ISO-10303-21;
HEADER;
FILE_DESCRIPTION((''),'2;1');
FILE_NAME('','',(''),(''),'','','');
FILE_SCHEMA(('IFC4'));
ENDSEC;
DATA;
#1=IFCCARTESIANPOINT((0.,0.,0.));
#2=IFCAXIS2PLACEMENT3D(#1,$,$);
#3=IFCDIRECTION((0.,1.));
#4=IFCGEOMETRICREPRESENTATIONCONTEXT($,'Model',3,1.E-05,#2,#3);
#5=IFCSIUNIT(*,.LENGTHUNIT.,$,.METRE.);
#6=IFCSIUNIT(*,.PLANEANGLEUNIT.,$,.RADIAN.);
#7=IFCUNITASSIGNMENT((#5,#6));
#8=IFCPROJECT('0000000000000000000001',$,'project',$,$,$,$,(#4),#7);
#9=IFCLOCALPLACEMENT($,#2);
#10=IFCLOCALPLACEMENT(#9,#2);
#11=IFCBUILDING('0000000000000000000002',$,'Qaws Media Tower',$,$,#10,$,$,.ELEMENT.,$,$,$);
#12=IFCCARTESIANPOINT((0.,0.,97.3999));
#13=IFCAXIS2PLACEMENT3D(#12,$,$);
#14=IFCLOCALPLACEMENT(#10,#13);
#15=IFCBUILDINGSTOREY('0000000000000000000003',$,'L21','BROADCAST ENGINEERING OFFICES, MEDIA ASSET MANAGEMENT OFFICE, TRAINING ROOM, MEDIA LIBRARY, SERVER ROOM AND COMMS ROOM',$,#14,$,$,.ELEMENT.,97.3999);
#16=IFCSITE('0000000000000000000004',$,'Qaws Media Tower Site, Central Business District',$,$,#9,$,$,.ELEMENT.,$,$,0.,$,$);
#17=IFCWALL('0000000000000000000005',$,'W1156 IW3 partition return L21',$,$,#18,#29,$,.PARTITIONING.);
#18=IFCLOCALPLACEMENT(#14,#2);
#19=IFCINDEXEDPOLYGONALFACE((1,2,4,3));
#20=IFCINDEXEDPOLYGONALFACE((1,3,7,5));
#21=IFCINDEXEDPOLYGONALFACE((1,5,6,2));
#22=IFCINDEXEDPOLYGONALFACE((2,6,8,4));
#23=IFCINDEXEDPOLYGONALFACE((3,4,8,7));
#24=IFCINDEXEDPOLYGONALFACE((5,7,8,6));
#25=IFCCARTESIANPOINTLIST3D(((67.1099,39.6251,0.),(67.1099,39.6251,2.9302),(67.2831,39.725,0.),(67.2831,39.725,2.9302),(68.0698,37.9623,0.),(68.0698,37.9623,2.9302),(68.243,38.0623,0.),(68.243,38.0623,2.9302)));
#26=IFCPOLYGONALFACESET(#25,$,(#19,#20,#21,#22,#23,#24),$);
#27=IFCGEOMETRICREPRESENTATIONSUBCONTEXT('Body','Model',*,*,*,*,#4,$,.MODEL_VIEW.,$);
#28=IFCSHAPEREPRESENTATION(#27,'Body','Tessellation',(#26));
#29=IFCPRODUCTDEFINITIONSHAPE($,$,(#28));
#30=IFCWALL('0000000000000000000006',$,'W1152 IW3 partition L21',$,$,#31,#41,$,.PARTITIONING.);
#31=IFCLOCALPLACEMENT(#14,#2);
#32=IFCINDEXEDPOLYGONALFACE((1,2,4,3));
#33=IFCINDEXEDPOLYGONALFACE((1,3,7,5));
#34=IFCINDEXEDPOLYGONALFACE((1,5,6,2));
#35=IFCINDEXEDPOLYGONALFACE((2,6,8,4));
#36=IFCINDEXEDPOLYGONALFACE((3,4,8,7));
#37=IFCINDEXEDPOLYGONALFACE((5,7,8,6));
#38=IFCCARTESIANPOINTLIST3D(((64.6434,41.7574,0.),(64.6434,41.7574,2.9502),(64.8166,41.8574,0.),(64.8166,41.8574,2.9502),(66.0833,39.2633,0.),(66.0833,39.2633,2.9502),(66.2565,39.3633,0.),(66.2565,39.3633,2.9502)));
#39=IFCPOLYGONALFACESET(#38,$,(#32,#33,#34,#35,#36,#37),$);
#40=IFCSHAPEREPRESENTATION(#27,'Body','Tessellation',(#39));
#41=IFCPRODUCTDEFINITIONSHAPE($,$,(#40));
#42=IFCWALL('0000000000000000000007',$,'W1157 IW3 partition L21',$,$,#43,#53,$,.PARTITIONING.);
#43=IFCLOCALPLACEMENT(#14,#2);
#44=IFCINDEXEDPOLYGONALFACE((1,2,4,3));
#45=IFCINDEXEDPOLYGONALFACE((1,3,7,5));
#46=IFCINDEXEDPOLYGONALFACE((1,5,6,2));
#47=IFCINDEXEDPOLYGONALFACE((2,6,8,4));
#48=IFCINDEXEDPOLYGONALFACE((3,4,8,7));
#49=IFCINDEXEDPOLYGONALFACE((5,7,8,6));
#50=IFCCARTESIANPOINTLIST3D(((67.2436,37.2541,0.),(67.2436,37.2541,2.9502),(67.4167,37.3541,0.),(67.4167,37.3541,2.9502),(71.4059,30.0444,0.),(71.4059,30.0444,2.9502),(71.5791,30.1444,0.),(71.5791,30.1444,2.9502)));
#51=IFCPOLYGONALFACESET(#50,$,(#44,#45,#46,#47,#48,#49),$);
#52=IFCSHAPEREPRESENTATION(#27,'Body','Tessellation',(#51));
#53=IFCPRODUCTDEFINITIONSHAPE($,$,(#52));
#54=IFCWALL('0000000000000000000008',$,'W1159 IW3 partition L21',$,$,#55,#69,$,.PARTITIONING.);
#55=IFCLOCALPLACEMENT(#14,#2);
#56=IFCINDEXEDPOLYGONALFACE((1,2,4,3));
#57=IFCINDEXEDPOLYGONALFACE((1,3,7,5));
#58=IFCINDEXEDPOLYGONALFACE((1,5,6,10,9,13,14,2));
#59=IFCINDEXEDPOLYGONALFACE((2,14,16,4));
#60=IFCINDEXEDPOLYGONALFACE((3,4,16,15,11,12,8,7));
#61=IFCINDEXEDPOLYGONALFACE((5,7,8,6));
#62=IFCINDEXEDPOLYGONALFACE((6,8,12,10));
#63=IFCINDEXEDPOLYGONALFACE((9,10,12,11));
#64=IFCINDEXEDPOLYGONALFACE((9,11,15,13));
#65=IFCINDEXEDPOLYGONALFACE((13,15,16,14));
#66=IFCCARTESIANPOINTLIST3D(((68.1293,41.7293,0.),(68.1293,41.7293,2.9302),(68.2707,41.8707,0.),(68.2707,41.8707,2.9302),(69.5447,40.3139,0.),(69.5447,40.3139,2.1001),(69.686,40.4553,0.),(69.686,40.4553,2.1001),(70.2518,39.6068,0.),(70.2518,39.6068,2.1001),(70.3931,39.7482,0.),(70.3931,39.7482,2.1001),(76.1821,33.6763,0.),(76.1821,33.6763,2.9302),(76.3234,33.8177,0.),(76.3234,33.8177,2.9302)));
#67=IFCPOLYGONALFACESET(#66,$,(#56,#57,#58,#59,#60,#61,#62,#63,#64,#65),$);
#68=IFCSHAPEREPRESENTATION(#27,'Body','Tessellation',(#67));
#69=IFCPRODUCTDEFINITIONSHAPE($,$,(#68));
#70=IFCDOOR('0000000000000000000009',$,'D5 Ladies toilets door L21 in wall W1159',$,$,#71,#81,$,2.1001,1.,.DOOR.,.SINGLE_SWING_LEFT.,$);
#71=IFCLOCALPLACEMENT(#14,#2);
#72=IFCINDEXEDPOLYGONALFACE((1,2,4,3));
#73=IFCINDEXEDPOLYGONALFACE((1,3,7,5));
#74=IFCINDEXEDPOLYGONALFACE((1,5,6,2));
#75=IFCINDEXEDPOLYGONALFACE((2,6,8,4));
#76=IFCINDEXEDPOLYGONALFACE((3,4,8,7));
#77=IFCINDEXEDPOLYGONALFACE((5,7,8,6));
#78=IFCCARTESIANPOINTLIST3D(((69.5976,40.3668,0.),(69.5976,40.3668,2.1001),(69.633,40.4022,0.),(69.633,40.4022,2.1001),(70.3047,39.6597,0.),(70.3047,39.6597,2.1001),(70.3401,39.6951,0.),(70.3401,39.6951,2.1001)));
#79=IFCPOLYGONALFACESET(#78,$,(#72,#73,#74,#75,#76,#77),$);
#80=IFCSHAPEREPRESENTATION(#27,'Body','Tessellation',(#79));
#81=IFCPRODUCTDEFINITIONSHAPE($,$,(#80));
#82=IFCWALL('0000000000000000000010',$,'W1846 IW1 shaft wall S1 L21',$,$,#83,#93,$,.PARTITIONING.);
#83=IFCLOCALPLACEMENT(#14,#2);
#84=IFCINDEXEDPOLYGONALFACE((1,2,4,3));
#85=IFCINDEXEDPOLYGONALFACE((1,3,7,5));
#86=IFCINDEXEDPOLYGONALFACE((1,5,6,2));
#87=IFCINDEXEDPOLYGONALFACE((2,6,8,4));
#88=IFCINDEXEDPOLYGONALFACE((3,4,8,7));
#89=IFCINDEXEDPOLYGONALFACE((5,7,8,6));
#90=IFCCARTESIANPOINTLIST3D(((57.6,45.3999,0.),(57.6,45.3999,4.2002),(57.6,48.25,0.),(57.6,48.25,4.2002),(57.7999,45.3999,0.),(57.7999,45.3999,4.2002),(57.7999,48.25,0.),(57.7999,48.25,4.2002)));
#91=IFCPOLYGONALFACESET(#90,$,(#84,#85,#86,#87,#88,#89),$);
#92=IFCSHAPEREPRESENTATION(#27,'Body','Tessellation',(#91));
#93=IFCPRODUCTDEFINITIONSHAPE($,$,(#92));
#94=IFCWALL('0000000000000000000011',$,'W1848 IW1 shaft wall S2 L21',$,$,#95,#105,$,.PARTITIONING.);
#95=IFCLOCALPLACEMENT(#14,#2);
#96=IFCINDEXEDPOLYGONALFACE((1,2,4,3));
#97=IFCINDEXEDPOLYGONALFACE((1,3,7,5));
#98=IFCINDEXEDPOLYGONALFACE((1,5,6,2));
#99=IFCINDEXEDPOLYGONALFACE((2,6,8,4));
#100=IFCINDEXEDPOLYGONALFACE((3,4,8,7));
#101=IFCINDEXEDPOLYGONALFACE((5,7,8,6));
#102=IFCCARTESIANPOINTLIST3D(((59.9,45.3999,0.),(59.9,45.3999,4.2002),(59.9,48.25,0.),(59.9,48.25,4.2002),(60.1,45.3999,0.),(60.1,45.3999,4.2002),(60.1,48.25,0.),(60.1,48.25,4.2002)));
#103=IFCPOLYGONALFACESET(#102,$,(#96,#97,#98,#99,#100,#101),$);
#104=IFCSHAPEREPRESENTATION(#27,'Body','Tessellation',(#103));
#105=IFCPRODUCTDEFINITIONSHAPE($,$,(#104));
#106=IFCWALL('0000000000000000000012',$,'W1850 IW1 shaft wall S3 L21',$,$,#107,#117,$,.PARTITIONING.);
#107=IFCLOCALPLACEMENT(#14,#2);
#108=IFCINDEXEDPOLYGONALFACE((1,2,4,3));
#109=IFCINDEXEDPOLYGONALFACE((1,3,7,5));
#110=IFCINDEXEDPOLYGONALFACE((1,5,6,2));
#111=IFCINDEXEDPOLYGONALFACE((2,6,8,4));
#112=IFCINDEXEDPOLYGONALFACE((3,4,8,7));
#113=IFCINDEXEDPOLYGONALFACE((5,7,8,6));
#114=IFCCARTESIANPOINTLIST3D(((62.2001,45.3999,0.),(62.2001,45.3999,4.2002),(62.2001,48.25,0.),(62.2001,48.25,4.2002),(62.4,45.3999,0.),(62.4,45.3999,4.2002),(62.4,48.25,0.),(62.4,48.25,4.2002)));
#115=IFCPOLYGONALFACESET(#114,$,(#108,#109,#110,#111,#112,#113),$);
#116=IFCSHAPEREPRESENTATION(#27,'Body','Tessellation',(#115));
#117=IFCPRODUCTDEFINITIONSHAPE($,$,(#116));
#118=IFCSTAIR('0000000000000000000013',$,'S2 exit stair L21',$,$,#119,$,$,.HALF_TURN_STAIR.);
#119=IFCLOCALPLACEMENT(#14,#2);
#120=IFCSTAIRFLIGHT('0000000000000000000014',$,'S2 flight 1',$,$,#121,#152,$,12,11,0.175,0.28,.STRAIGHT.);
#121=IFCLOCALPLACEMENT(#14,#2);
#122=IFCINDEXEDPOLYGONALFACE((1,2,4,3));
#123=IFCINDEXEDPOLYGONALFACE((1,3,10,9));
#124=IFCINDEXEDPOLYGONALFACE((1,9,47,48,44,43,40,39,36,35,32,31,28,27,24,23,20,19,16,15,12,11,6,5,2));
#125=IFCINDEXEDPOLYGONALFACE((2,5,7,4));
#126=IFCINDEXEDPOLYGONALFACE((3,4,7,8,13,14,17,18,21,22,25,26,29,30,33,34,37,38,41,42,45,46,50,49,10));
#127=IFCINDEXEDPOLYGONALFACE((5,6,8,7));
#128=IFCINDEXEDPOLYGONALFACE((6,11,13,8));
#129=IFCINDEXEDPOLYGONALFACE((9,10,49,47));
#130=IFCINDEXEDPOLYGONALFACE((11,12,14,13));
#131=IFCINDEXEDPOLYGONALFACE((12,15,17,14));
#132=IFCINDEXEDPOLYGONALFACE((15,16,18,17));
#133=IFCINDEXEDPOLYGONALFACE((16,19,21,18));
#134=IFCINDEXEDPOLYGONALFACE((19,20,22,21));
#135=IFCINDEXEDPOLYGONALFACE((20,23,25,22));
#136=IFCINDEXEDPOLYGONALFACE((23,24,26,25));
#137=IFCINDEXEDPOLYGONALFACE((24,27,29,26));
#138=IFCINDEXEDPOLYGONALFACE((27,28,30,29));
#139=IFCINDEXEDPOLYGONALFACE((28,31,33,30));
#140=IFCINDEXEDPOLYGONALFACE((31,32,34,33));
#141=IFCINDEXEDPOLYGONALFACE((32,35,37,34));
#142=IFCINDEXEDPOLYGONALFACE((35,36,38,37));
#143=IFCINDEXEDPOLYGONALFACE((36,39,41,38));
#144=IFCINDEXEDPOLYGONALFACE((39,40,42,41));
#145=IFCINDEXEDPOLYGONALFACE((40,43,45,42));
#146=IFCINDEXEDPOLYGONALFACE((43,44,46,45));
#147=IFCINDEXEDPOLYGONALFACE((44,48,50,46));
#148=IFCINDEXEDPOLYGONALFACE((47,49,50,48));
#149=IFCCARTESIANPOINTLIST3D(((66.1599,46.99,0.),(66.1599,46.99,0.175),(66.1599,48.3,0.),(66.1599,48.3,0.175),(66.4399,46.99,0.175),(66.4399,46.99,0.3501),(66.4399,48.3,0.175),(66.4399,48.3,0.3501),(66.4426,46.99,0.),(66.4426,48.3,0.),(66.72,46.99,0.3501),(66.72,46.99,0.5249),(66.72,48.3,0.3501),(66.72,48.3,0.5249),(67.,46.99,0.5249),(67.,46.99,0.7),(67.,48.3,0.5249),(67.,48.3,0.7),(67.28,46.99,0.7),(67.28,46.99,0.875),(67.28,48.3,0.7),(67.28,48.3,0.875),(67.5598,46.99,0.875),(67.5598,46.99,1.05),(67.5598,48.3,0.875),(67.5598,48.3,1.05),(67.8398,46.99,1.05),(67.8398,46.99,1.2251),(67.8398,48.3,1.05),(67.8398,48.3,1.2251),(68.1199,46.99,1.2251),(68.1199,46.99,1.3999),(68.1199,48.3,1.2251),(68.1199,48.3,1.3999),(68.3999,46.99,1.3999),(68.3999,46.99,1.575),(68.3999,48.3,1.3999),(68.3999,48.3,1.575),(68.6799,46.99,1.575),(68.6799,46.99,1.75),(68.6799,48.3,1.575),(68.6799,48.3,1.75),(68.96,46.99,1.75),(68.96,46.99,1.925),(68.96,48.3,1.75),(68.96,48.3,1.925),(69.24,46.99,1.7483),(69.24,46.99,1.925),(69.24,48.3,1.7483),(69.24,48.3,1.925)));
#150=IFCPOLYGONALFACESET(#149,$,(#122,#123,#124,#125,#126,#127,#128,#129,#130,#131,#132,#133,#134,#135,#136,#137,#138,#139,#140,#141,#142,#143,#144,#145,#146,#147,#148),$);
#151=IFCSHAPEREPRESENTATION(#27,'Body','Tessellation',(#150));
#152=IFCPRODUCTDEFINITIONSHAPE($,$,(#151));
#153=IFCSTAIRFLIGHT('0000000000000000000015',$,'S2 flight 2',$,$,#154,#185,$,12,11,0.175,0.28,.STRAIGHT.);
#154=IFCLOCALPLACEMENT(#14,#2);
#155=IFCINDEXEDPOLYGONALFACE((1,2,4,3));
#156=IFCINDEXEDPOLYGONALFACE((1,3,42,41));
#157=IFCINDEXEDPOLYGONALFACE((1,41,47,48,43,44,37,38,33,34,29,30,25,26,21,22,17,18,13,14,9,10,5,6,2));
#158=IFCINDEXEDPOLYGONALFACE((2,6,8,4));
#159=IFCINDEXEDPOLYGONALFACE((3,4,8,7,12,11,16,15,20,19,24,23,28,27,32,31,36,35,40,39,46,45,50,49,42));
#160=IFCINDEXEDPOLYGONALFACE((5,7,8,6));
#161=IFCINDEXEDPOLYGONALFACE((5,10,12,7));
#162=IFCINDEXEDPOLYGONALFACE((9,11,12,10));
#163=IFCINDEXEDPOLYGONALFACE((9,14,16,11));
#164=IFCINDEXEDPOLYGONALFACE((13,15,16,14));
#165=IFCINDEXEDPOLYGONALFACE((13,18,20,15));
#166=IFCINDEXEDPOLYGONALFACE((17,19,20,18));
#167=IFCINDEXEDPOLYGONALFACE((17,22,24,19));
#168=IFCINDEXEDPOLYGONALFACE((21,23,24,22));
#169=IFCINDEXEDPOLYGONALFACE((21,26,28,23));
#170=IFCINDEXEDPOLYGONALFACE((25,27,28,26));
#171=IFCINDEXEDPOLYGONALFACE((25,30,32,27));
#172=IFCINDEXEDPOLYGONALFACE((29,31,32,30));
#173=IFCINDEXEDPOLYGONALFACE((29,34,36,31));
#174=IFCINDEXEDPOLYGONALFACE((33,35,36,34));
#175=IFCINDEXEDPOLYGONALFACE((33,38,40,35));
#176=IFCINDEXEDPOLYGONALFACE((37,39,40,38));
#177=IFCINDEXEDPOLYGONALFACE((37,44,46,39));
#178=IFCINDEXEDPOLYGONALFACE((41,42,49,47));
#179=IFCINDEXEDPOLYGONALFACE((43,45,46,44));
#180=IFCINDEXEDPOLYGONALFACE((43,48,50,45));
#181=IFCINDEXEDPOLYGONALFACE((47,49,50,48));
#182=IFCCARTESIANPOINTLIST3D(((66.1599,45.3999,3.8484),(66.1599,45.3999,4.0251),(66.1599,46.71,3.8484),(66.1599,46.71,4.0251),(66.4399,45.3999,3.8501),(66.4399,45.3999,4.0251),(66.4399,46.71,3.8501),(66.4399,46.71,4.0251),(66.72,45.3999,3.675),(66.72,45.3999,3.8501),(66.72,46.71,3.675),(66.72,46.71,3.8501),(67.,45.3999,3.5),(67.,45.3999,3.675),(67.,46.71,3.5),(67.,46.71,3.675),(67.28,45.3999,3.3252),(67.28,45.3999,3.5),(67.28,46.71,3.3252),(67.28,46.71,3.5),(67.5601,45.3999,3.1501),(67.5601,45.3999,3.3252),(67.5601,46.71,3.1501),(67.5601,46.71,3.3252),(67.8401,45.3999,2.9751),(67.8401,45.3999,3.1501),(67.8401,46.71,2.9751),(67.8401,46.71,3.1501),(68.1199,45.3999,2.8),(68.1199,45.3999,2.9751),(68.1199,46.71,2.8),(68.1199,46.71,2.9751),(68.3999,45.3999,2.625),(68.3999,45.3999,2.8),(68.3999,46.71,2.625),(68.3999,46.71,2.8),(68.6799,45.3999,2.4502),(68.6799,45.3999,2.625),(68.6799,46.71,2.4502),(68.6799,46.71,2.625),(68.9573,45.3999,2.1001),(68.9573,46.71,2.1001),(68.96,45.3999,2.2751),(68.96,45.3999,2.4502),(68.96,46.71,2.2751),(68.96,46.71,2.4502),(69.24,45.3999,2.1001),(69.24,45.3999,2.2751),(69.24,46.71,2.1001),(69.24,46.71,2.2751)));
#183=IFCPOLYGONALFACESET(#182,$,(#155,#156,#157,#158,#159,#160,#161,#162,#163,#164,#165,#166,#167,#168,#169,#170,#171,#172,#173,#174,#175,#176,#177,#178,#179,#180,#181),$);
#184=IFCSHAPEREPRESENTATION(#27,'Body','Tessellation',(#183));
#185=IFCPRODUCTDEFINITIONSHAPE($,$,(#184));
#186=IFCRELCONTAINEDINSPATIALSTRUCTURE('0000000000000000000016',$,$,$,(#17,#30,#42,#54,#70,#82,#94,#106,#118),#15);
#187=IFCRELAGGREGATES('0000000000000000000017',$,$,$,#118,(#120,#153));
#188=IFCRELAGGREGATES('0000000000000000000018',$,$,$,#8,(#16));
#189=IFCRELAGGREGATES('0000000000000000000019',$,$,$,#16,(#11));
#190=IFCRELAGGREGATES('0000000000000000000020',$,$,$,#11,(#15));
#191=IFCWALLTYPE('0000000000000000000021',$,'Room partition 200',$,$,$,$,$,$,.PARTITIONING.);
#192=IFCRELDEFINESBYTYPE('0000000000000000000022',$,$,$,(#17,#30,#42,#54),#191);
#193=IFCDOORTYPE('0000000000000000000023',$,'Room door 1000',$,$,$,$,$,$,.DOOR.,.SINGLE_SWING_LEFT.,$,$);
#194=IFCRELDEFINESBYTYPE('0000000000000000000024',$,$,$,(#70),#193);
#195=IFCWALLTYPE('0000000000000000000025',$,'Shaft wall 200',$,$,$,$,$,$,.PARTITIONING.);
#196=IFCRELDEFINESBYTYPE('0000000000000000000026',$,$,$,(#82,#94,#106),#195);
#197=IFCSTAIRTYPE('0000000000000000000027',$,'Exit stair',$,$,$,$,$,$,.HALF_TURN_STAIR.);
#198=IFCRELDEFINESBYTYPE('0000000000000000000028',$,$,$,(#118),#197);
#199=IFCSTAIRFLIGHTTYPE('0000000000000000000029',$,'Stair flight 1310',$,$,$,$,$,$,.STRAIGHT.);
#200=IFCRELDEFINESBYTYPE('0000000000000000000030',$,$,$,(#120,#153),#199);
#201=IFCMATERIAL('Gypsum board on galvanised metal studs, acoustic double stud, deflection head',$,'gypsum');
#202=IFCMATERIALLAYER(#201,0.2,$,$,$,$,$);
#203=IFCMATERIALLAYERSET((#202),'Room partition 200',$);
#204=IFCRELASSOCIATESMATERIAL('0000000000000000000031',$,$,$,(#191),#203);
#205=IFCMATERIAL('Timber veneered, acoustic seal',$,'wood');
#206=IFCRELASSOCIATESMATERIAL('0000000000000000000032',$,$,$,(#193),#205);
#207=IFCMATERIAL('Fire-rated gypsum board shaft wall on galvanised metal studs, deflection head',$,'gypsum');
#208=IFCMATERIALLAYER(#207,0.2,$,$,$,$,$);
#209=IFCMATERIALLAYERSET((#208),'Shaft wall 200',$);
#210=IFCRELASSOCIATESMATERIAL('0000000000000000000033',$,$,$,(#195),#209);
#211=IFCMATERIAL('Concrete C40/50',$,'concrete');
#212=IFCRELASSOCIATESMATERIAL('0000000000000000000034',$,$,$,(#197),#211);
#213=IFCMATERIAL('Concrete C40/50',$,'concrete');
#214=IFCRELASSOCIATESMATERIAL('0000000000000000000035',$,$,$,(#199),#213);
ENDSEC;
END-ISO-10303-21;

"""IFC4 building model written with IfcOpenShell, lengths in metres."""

from ifc_helpers import new_model, si_unit, direction, frame, frame_2d, origin, place, context, subcontext, project, spatial, polyline, rectangle, outline, extrude, material, layer, layer_set, type_object, element, fill, aggregate, save


model = new_model("IFC4")

# Units and contexts
model_context = context("Model", 3, precision=1e-05, world=origin(), true_north=direction((0.0, 1.0)))
body_context = subcontext(model_context, "Body", "Model", "MODEL_VIEW")
ifc_project = project(units=[si_unit("LENGTHUNIT", "METRE"), si_unit("PLANEANGLEUNIT", "RADIAN")], contexts=[model_context])

# Site, building, storey
site_placement = place(None, origin())
site = spatial("IfcSite", under=ifc_project, at=site_placement, Name="Qaws Media Tower Site, Central Business District", CompositionType="ELEMENT", RefElevation=0.0)
building_placement = place(site_placement, origin())
building = spatial("IfcBuilding", under=site, at=building_placement, Name="Qaws Media Tower", CompositionType="ELEMENT")
storey_placement = place(building_placement, frame((0.0, 0.0, 97.3999)))
storey = spatial("IfcBuildingStorey", under=building, at=storey_placement, Name="L21", Description="BROADCAST ENGINEERING OFFICES, MEDIA ASSET MANAGEMENT OFFICE, TRAINING ROOM, MEDIA LIBRARY, SERVER ROOM AND COMMS ROOM", CompositionType="ELEMENT", Elevation=97.3999)

# Shared definitions
ifc_material_1 = material(Name="Gypsum board on galvanised metal studs, acoustic double stud, deflection head", Category="gypsum")
ifc_layer_1 = layer(ifc_material_1, 0.2)
ifc_layer_set_1 = layer_set([ifc_layer_1], Name="Room partition 200")
wall_type_1 = type_object("IfcWallType", Name="Room partition 200", PredefinedType="PARTITIONING", material=ifc_layer_set_1)

# Shared definitions
ifc_material_2 = material(Name="Timber veneered, acoustic seal", Category="wood")
door_type = type_object("IfcDoorType", Name="Room door 1000", OperationType="SINGLE_SWING_LEFT", PredefinedType="DOOR", material=ifc_material_2)

# Walls
wall_1_placement = place(storey_placement, frame((67.1965, 39.675, 0.0), z_axis=(0.0, 0.0, 1.0), x_axis=(0.499968, -0.866044, 0.0)))
element("IfcWall", 1, at=wall_1_placement, inside=storey, type_object=wall_type_1, Name="W1156 IW3 partition return L21", PredefinedType="PARTITIONING", context=body_context, shape_type="SweptSolid", body=[
    extrude(rectangle(XDim=1.9199, YDim=0.2, at=frame_2d((0.96, 0.0))), origin(), (0.0, 0.0, 1.0), 2.9302),
])
wall_2_placement = place(storey_placement, frame((64.73, 41.8074, 0.0), z_axis=(0.0, 0.0, 1.0), x_axis=(0.499987, -0.866033, 0.0)))
element("IfcWall", 2, at=wall_2_placement, inside=storey, type_object=wall_type_1, Name="W1152 IW3 partition L21", PredefinedType="PARTITIONING", context=body_context, shape_type="SweptSolid", body=[
    extrude(rectangle(XDim=2.8799, YDim=0.2, at=frame_2d((1.4399, 0.0))), origin(), (0.0, 0.0, 1.0), 2.9502),
])
wall_3_placement = place(storey_placement, frame((67.3301, 37.3042, 0.0), z_axis=(0.0, 0.0, 1.0), x_axis=(0.499984, -0.866035, 0.0)))
element("IfcWall", 3, at=wall_3_placement, inside=storey, type_object=wall_type_1, Name="W1157 IW3 partition L21", PredefinedType="PARTITIONING", context=body_context, shape_type="SweptSolid", body=[
    extrude(rectangle(XDim=8.325, YDim=0.2, at=frame_2d((4.1626, 0.0))), origin(), (0.0, 0.0, 1.0), 2.9502),
])

# Wall, opening, door
wall_4_placement = place(storey_placement, frame((68.2, 41.8, 0.0), z_axis=(0.0, 0.0, 1.0), x_axis=(0.707096, -0.707117, 0.0)))
wall_4 = element("IfcWall", 4, at=wall_4_placement, inside=storey, type_object=wall_type_1, Name="W1159 IW3 partition L21", PredefinedType="PARTITIONING", context=body_context, shape_type="SweptSolid", body=[
    extrude(rectangle(XDim=11.3884, YDim=0.2, at=frame_2d((5.6943, 0.0))), origin(), (0.0, 0.0, 1.0), 2.9302),
])
opening_1_placement = place(wall_4_placement, frame((2.0017, 0.0, 0.0)))
opening_1 = element("IfcOpeningElement", 5, at=opening_1_placement, cuts=wall_4, PredefinedType="OPENING", context=body_context, shape_type="SweptSolid", body=[
    extrude(rectangle(XDim=1.0, YDim=2.1001, at=frame_2d((0.5, 1.05))), frame((0.0, 0.1099, 0.0), z_axis=(0.0, -1.0, 0.0), x_axis=(1.0, 0.0, 0.0)), (0.0, 0.0, 1.0), 0.22),
])
door_1_placement = place(opening_1_placement, origin())
door_1 = element("IfcDoor", 6, at=door_1_placement, inside=storey, type_object=door_type, Name="D5 Ladies toilets door L21 in wall W1159", OperationType="SINGLE_SWING_LEFT", OverallHeight=2.1001, OverallWidth=1.0, PredefinedType="DOOR", context=body_context, shape_type="SweptSolid", body=[
    extrude(rectangle(XDim=1.0, YDim=2.1001, at=frame_2d((0.5, 1.05))), frame((0.0, 0.0249, 0.0), z_axis=(0.0, -1.0, 0.0), x_axis=(1.0, 0.0, 0.0)), (0.0, 0.0, 1.0), 0.05),
])
fill(opening_1, door_1)

# Walls
ifc_material_3 = material(Name="Fire-rated gypsum board shaft wall on galvanised metal studs, deflection head", Category="gypsum")
ifc_layer_2 = layer(ifc_material_3, 0.2)
ifc_layer_set_2 = layer_set([ifc_layer_2], Name="Shaft wall 200")
wall_type_2 = type_object("IfcWallType", Name="Shaft wall 200", PredefinedType="PARTITIONING", material=ifc_layer_set_2)
for number, where, z_axis, x_axis, name in (
    (7, (57.7, 45.3999, 0.0), (0.0, 0.0, 1.0), (0.0, 1.0, 0.0), "W1846 IW1 shaft wall S1 L21"),
    (8, (60.0, 45.3999, 0.0), (0.0, 0.0, 1.0), (0.0, 1.0, 0.0), "W1848 IW1 shaft wall S2 L21"),
    (9, (62.3, 45.3999, 0.0), (0.0, 0.0, 1.0), (0.0, 1.0, 0.0), "W1850 IW1 shaft wall S3 L21"),
):
    element("IfcWall", number, at=place(storey_placement, frame(where, z_axis=z_axis, x_axis=x_axis)), inside=storey, type_object=wall_type_2, Name=name, PredefinedType="PARTITIONING", context=body_context, shape_type="SweptSolid", body=[
        extrude(rectangle(XDim=2.8501, YDim=0.2, at=frame_2d((1.425, 0.0))), origin(), (0.0, 0.0, 1.0), 4.2002),
    ])

# Stair, stair flights
ifc_material_4 = material(Name="Concrete C40/50", Category="concrete")
stair_type = type_object("IfcStairType", Name="Exit stair", PredefinedType="HALF_TURN_STAIR", material=ifc_material_4)
stair_placement = place(storey_placement, origin())
stair = element("IfcStair", 10, at=stair_placement, inside=storey, type_object=stair_type, Name="S2 exit stair L21", PredefinedType="HALF_TURN_STAIR")
ifc_material_5 = material(Name="Concrete C40/50", Category="concrete")
stair_flight_type = type_object("IfcStairFlightType", Name="Stair flight 1310", PredefinedType="STRAIGHT", material=ifc_material_5)
stair_flight_1_placement = place(storey_placement, frame((66.1599, 47.645, 0.0), z_axis=(0.0, 0.0, 1.0), x_axis=(1.0, 0.0, 0.0)))
stair_flight_1 = element("IfcStairFlight", 11, at=stair_flight_1_placement, type_object=stair_flight_type, Name="S2 flight 1", NumberOfRisers=12, NumberOfTreads=11, PredefinedType="STRAIGHT", RiserHeight=0.175, TreadLength=0.28, context=body_context, shape_type="SweptSolid", body=[
    extrude(outline(polyline([(0.0, 0.0), (0.0, 0.175), (0.28, 0.175), (0.28, 0.3501), (0.5601, 0.3501), (0.5601, 0.5249), (0.8401, 0.5249), (0.8401, 0.7), (1.1201, 0.7), (1.1201, 0.875), (1.3999, 0.875), (1.3999, 1.05), (1.6799, 1.05), (1.6799, 1.2251), (1.96, 1.2251), (1.96, 1.3999), (2.24, 1.3999), (2.24, 1.575), (2.52, 1.575), (2.52, 1.75), (2.8, 1.75), (2.8, 1.925), (3.0801, 1.925), (3.0801, 2.1001), (3.0801, 1.7483), (0.2827, 0.0), (0.0, 0.0)])), frame((0.0, 0.655, 0.0), z_axis=(0.0, -1.0, 0.0), x_axis=(1.0, 0.0, 0.0)), (0.0, 0.0, 1.0), 1.3101),
])
stair_flight_2_placement = place(storey_placement, frame((69.24, 46.0549, 2.1001), z_axis=(0.0, 0.0, 1.0), x_axis=(-1.0, 0.0, 0.0)))
stair_flight_2 = element("IfcStairFlight", 12, at=stair_flight_2_placement, type_object=stair_flight_type, Name="S2 flight 2", NumberOfRisers=12, NumberOfTreads=11, PredefinedType="STRAIGHT", RiserHeight=0.175, TreadLength=0.28, context=body_context, shape_type="SweptSolid", body=[
    extrude(outline(polyline([(0.0, 0.0), (0.0, 0.175), (0.28, 0.175), (0.28, 0.3501), (0.5601, 0.3501), (0.5601, 0.5249), (0.8401, 0.5249), (0.8401, 0.7), (1.1201, 0.7), (1.1201, 0.875), (1.3999, 0.875), (1.3999, 1.05), (1.6799, 1.05), (1.6799, 1.2251), (1.96, 1.2251), (1.96, 1.3999), (2.24, 1.3999), (2.24, 1.575), (2.52, 1.575), (2.52, 1.75), (2.8, 1.75), (2.8, 1.925), (3.0801, 1.925), (3.0801, 2.1001), (3.0801, 1.7483), (0.2827, 0.0), (0.0, 0.0)])), frame((0.0, 0.655, 0.0), z_axis=(0.0, -1.0, 0.0), x_axis=(1.0, 0.0, 0.0)), (0.0, 0.0, 1.0), 1.3101),
])
aggregate(stair, [stair_flight_1, stair_flight_2])

save(model, "model.ifc")
